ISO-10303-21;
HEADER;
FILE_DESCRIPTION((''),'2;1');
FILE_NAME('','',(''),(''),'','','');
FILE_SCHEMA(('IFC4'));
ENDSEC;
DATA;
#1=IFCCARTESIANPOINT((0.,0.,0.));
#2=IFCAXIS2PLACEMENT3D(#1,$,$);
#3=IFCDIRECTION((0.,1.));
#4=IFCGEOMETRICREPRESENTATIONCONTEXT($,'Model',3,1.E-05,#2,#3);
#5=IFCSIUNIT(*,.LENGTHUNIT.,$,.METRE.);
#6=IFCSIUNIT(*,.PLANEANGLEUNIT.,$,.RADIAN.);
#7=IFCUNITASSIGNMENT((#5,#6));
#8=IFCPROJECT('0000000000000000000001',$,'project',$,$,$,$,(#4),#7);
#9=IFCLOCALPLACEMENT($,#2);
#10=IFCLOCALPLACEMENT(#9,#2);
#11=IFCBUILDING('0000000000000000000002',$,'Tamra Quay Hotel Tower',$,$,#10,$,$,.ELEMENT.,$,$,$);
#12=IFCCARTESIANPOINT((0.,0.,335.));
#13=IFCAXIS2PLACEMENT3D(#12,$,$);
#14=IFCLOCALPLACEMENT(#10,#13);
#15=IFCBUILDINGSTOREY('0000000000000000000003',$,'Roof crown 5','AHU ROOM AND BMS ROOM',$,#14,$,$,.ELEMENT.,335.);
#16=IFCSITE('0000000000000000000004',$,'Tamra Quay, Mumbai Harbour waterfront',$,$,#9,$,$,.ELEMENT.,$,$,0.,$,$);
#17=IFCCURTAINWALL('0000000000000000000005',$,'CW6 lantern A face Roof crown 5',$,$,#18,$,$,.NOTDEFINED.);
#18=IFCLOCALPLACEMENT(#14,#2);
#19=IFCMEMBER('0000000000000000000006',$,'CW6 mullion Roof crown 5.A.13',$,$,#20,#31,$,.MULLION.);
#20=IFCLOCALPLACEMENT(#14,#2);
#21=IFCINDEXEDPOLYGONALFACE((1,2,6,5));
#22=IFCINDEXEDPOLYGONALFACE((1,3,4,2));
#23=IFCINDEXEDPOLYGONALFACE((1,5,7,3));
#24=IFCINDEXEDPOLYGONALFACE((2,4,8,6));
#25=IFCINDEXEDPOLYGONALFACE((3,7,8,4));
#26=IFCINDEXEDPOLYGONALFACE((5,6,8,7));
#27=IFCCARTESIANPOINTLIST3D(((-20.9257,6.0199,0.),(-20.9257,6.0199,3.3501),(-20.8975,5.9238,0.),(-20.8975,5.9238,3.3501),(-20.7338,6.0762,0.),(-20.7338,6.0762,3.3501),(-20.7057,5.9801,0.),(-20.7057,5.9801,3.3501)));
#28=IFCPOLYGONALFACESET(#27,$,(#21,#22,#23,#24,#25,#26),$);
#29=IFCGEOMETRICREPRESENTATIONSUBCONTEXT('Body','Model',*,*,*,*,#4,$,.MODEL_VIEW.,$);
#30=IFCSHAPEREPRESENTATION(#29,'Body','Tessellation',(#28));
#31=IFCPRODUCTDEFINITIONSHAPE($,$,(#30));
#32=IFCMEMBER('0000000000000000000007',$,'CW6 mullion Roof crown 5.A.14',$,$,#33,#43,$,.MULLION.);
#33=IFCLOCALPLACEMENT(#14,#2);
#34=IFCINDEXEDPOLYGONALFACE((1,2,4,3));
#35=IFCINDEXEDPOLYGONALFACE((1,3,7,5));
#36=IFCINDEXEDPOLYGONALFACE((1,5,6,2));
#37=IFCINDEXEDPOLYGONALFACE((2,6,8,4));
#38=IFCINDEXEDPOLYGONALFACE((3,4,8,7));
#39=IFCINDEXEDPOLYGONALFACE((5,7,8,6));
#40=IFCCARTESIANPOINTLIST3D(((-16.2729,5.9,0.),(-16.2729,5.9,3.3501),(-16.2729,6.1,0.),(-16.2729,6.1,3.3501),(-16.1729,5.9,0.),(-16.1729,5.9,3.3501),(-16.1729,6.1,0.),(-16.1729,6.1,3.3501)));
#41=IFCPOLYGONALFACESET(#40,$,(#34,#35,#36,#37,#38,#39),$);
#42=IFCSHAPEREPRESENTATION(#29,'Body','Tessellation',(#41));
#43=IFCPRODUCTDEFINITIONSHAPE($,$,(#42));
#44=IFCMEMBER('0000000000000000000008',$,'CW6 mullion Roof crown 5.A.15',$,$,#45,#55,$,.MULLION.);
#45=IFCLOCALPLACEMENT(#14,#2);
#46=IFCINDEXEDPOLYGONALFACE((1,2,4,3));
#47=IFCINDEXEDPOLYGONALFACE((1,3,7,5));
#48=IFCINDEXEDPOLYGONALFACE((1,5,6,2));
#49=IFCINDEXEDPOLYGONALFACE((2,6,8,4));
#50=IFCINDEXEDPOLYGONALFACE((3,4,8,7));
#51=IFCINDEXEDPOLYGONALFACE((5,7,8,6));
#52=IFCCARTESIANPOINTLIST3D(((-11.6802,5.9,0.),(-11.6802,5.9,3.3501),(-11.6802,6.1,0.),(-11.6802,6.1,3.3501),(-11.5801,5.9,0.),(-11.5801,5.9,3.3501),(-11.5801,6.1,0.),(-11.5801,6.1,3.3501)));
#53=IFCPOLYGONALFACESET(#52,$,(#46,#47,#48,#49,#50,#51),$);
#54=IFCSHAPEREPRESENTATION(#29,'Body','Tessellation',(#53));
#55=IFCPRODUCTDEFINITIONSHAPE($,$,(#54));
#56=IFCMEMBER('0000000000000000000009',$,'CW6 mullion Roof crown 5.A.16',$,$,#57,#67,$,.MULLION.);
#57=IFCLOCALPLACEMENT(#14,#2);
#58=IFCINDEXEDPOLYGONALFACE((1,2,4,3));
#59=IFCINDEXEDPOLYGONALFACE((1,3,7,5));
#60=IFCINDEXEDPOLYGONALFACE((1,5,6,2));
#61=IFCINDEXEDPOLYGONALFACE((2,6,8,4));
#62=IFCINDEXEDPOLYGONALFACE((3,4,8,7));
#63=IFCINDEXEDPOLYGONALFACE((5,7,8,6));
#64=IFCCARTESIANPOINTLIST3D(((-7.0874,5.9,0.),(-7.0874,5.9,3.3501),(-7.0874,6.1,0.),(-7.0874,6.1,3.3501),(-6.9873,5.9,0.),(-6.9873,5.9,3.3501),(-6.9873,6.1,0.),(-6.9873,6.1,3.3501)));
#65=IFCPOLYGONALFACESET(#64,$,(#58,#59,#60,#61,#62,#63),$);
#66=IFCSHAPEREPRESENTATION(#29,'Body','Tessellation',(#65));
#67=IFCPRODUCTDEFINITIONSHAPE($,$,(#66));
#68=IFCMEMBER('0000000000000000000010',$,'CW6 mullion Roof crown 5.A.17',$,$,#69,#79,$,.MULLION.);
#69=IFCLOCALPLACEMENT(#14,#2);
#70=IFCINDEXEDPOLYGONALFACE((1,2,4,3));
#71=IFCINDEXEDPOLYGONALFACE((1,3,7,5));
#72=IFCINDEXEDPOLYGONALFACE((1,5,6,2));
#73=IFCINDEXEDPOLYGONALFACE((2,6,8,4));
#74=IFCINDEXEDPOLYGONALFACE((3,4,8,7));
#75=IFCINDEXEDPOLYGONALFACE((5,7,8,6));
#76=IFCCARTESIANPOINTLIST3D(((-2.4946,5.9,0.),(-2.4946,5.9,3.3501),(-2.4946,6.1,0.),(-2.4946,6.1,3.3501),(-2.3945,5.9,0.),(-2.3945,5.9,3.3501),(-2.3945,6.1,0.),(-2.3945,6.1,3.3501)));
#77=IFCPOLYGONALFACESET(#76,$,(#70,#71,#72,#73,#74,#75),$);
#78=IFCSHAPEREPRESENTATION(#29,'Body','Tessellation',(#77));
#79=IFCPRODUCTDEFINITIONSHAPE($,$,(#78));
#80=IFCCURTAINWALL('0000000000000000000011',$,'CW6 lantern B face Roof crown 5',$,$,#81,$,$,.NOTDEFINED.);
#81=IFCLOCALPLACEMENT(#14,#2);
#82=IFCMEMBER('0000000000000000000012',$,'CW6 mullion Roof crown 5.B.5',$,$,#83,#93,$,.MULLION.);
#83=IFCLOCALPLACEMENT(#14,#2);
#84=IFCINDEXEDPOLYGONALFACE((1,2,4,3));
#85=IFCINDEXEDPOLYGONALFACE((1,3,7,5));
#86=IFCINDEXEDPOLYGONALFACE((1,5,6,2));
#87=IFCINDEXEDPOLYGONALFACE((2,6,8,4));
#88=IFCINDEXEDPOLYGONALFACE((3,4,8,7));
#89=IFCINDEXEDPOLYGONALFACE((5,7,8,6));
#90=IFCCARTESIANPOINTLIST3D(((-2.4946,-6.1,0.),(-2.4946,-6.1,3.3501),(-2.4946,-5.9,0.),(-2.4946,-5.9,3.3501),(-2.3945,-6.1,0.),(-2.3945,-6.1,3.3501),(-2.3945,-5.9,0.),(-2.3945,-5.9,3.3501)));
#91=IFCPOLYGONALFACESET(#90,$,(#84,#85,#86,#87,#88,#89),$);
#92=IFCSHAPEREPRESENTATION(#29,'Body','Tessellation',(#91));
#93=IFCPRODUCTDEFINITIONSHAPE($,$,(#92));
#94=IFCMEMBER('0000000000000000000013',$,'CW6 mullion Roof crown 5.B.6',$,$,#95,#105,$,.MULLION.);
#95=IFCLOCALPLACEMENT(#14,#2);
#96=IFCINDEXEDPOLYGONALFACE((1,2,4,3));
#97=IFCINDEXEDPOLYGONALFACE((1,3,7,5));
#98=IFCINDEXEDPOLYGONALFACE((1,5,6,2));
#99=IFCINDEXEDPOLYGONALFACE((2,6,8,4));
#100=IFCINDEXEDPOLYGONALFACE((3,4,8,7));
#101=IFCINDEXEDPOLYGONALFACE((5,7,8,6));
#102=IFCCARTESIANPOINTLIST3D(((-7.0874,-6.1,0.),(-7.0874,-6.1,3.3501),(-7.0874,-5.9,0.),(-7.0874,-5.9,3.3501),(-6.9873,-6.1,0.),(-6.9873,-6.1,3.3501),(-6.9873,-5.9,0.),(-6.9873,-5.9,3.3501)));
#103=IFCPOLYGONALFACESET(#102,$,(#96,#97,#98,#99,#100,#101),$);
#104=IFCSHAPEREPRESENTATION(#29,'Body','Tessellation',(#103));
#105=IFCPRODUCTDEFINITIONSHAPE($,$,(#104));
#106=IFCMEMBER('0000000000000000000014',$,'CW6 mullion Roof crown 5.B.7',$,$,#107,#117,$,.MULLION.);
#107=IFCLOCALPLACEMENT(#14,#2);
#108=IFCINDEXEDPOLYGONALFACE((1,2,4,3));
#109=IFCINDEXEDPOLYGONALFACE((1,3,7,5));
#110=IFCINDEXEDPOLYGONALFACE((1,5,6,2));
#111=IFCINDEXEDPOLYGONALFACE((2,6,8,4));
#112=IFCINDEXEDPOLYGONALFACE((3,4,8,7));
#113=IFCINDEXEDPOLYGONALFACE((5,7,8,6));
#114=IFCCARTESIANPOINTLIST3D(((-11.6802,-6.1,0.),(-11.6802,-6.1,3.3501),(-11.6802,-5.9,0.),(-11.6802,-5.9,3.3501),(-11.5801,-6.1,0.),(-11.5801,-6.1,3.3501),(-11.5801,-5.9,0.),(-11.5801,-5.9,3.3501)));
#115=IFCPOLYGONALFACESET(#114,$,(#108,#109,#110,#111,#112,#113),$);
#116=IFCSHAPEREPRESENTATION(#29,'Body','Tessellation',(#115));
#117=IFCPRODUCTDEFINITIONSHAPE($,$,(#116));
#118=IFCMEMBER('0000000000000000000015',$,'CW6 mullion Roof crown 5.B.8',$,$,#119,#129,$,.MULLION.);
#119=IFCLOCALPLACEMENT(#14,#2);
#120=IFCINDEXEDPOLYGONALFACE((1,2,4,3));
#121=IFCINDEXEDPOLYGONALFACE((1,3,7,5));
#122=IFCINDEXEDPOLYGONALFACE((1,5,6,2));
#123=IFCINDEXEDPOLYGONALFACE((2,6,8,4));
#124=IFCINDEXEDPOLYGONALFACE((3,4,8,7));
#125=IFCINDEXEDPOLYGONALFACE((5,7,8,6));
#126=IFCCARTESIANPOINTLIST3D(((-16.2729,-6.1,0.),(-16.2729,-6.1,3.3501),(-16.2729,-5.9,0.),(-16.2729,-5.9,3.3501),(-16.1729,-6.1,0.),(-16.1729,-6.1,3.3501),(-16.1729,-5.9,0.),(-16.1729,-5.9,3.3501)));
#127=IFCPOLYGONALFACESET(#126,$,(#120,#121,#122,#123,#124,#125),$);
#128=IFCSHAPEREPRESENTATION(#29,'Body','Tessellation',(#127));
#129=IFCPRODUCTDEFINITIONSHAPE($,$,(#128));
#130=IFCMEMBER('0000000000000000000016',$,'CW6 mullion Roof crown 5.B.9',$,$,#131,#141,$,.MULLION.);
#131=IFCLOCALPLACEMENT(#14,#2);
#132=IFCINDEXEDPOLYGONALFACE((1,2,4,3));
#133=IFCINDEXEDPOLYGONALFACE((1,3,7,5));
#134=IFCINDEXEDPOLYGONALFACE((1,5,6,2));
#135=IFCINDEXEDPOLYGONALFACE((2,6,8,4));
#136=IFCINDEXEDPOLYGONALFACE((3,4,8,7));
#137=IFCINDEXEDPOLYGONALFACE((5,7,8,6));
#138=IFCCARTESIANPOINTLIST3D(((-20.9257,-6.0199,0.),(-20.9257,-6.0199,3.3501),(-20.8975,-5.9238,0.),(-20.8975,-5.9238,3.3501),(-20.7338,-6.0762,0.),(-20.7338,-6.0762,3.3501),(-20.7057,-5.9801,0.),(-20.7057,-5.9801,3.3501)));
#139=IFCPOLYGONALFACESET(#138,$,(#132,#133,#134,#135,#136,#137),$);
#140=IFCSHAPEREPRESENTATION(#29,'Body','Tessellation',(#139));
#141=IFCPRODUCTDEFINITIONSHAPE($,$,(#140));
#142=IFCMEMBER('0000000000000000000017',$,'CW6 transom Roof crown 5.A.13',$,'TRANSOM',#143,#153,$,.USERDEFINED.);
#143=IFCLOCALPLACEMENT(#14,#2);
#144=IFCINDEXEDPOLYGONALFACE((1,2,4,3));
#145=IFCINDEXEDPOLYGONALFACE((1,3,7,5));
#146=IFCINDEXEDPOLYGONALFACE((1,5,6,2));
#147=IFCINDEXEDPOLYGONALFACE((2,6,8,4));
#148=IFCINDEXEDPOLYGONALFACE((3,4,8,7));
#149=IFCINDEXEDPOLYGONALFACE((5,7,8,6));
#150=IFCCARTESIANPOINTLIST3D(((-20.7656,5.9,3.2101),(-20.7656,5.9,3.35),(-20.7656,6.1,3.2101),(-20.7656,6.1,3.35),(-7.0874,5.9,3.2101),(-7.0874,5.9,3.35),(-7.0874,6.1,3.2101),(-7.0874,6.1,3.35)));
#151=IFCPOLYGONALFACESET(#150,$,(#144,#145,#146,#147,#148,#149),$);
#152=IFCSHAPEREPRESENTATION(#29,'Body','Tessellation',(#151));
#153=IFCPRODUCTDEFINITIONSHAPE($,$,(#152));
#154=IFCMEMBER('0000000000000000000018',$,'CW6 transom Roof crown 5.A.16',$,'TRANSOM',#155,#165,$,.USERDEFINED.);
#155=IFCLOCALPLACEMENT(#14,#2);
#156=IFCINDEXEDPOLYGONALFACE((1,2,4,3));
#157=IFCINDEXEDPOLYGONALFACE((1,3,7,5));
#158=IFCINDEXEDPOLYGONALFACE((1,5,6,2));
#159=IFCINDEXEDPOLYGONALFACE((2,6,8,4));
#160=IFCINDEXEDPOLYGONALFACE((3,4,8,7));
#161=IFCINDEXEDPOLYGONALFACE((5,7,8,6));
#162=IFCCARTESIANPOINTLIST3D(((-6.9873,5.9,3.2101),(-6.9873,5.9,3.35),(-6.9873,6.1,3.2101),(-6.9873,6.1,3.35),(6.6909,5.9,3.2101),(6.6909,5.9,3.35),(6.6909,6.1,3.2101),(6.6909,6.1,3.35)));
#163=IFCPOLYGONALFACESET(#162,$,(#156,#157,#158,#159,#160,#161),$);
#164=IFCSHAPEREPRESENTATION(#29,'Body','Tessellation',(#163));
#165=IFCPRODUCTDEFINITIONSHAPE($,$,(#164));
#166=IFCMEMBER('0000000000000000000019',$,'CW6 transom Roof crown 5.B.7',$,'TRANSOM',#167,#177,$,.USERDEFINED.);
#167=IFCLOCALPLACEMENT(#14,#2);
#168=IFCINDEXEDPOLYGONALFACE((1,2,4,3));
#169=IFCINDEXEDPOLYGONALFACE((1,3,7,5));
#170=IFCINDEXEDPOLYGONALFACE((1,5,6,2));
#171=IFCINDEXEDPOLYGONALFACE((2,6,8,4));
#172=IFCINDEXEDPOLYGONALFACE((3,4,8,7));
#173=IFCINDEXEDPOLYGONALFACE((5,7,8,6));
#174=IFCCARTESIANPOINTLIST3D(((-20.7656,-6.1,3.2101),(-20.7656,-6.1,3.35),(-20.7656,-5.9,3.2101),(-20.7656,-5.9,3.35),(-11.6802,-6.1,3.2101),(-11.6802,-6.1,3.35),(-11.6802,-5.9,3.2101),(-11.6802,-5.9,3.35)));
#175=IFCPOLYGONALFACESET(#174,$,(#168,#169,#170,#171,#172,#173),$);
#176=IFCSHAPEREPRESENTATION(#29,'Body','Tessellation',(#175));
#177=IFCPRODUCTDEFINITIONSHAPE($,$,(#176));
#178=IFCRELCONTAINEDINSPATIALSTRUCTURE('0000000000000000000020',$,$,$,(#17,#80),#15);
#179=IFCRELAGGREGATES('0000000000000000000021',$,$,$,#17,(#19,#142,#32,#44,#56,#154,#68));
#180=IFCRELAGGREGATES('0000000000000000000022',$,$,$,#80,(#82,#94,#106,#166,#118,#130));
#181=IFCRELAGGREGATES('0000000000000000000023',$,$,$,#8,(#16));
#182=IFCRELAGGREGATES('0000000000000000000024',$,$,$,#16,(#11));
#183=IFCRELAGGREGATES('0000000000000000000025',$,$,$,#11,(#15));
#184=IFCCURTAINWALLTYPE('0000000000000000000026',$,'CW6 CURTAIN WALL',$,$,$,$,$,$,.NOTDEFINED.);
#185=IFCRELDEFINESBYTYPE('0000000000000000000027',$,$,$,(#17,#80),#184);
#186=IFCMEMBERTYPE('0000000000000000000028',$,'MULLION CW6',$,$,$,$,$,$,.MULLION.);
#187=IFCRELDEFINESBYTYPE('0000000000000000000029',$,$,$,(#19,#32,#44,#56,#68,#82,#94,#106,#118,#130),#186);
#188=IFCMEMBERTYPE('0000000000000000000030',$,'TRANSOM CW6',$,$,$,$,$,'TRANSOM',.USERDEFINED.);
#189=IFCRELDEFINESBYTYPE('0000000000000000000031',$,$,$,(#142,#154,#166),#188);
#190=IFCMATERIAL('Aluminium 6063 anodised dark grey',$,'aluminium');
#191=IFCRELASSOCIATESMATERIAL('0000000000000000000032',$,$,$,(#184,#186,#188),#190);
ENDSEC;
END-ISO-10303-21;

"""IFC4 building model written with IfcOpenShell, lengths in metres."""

from ifc_helpers import new_model, si_unit, direction, frame, origin, origin_2d, place, context, subcontext, project, spatial, rectangle, extrude, material, material_profile, profile_set, type_object, element, aggregate, save


model = new_model("IFC4")

# Units and contexts
model_context = context("Model", 3, precision=1e-05, world=origin(), true_north=direction((0.0, 1.0)))
body_context = subcontext(model_context, "Body", "Model", "MODEL_VIEW")
ifc_project = project(units=[si_unit("LENGTHUNIT", "METRE"), si_unit("PLANEANGLEUNIT", "RADIAN")], contexts=[model_context])

# Site, building, storey
site_placement = place(None, origin())
site = spatial("IfcSite", under=ifc_project, at=site_placement, Name="Tamra Quay, Mumbai Harbour waterfront", CompositionType="ELEMENT", RefElevation=0.0)
building_placement = place(site_placement, origin())
building = spatial("IfcBuilding", under=site, at=building_placement, Name="Tamra Quay Hotel Tower", CompositionType="ELEMENT")
storey_placement = place(building_placement, frame((0.0, 0.0, 335.0)))
storey = spatial("IfcBuildingStorey", under=building, at=storey_placement, Name="Roof crown 5", Description="AHU ROOM AND BMS ROOM", CompositionType="ELEMENT", Elevation=335.0)

# Curtain walls, members
ifc_material_1 = material(Name="Aluminium 6063 anodised dark grey", Category="aluminium")
curtain_wall_type = type_object("IfcCurtainWallType", Name="CW6 CURTAIN WALL", PredefinedType="NOTDEFINED", material=ifc_material_1)
curtain_wall_1_placement = place(storey_placement, origin())
curtain_wall_1 = element("IfcCurtainWall", 1, at=curtain_wall_1_placement, inside=storey, type_object=curtain_wall_type, Name="CW6 lantern A face Roof crown 5", PredefinedType="NOTDEFINED")
ifc_material_profile_1 = material_profile(ifc_material_1, rectangle(XDim=0.2, YDim=0.1001, at=origin_2d()), Name="MULLION 100X200")
ifc_profile_set_1 = profile_set([ifc_material_profile_1], Name="Aluminium 6063 anodised dark grey")
member_type_1 = type_object("IfcMemberType", Name="MULLION CW6", PredefinedType="MULLION", material=ifc_profile_set_1)
member_1_placement = place(storey_placement, frame((-20.8157, 6.0, 0.0), z_axis=(0.0, 0.0, 1.0), x_axis=(-0.9596, -0.281367, 0.0)))
member_1 = element("IfcMember", 2, at=member_1_placement, type_object=member_type_1, Name="CW6 mullion Roof crown 5.A.13", PredefinedType="MULLION", context=body_context, shape_type="SweptSolid", body=[
    extrude(rectangle(XDim=0.2, YDim=0.1001, at=origin_2d()), origin(), (0.0, 0.0, 1.0), 3.3501),
])
member_2_placement = place(storey_placement, frame((-16.2229, 6.0, 0.0), z_axis=(0.0, 0.0, 1.0), x_axis=(0.0, -1.0, 0.0)))
member_2 = element("IfcMember", 3, at=member_2_placement, type_object=member_type_1, Name="CW6 mullion Roof crown 5.A.14", PredefinedType="MULLION", context=body_context, shape_type="SweptSolid", body=[
    extrude(rectangle(XDim=0.2, YDim=0.1001, at=origin_2d()), origin(), (0.0, 0.0, 1.0), 3.3501),
])
member_3_placement = place(storey_placement, frame((-11.6301, 6.0, 0.0), z_axis=(0.0, 0.0, 1.0), x_axis=(0.0, -1.0, 0.0)))
member_3 = element("IfcMember", 4, at=member_3_placement, type_object=member_type_1, Name="CW6 mullion Roof crown 5.A.15", PredefinedType="MULLION", context=body_context, shape_type="SweptSolid", body=[
    extrude(rectangle(XDim=0.2, YDim=0.1001, at=origin_2d()), origin(), (0.0, 0.0, 1.0), 3.3501),
])
member_4_placement = place(storey_placement, frame((-7.0374, 6.0, 0.0), z_axis=(0.0, 0.0, 1.0), x_axis=(0.0, -1.0, 0.0)))
member_4 = element("IfcMember", 5, at=member_4_placement, type_object=member_type_1, Name="CW6 mullion Roof crown 5.A.16", PredefinedType="MULLION", context=body_context, shape_type="SweptSolid", body=[
    extrude(rectangle(XDim=0.2, YDim=0.1001, at=origin_2d()), origin(), (0.0, 0.0, 1.0), 3.3501),
])
member_5_placement = place(storey_placement, frame((-2.4446, 6.0, 0.0), z_axis=(0.0, 0.0, 1.0), x_axis=(0.0, -1.0, 0.0)))
member_5 = element("IfcMember", 6, at=member_5_placement, type_object=member_type_1, Name="CW6 mullion Roof crown 5.A.17", PredefinedType="MULLION", context=body_context, shape_type="SweptSolid", body=[
    extrude(rectangle(XDim=0.2, YDim=0.1001, at=origin_2d()), origin(), (0.0, 0.0, 1.0), 3.3501),
])
curtain_wall_2_placement = place(storey_placement, origin())
curtain_wall_2 = element("IfcCurtainWall", 7, at=curtain_wall_2_placement, inside=storey, type_object=curtain_wall_type, Name="CW6 lantern B face Roof crown 5", PredefinedType="NOTDEFINED")
member_6_placement = place(storey_placement, frame((-2.4446, -6.0, 0.0), z_axis=(0.0, 0.0, 1.0), x_axis=(0.0, 1.0, 0.0)))
member_6 = element("IfcMember", 8, at=member_6_placement, type_object=member_type_1, Name="CW6 mullion Roof crown 5.B.5", PredefinedType="MULLION", context=body_context, shape_type="SweptSolid", body=[
    extrude(rectangle(XDim=0.2, YDim=0.1001, at=origin_2d()), origin(), (0.0, 0.0, 1.0), 3.3501),
])
member_7_placement = place(storey_placement, frame((-7.0374, -6.0, 0.0), z_axis=(0.0, 0.0, 1.0), x_axis=(0.0, 1.0, 0.0)))
member_7 = element("IfcMember", 9, at=member_7_placement, type_object=member_type_1, Name="CW6 mullion Roof crown 5.B.6", PredefinedType="MULLION", context=body_context, shape_type="SweptSolid", body=[
    extrude(rectangle(XDim=0.2, YDim=0.1001, at=origin_2d()), origin(), (0.0, 0.0, 1.0), 3.3501),
])
member_8_placement = place(storey_placement, frame((-11.6301, -6.0, 0.0), z_axis=(0.0, 0.0, 1.0), x_axis=(0.0, 1.0, 0.0)))
member_8 = element("IfcMember", 10, at=member_8_placement, type_object=member_type_1, Name="CW6 mullion Roof crown 5.B.7", PredefinedType="MULLION", context=body_context, shape_type="SweptSolid", body=[
    extrude(rectangle(XDim=0.2, YDim=0.1001, at=origin_2d()), origin(), (0.0, 0.0, 1.0), 3.3501),
])
member_9_placement = place(storey_placement, frame((-16.2229, -6.0, 0.0), z_axis=(0.0, 0.0, 1.0), x_axis=(0.0, 1.0, 0.0)))
member_9 = element("IfcMember", 11, at=member_9_placement, type_object=member_type_1, Name="CW6 mullion Roof crown 5.B.8", PredefinedType="MULLION", context=body_context, shape_type="SweptSolid", body=[
    extrude(rectangle(XDim=0.2, YDim=0.1001, at=origin_2d()), origin(), (0.0, 0.0, 1.0), 3.3501),
])
member_10_placement = place(storey_placement, frame((-20.8157, -6.0, 0.0), z_axis=(0.0, 0.0, 1.0), x_axis=(-0.9596, 0.281367, 0.0)))
member_10 = element("IfcMember", 12, at=member_10_placement, type_object=member_type_1, Name="CW6 mullion Roof crown 5.B.9", PredefinedType="MULLION", context=body_context, shape_type="SweptSolid", body=[
    extrude(rectangle(XDim=0.2, YDim=0.1001, at=origin_2d()), origin(), (0.0, 0.0, 1.0), 3.3501),
])

# Members
ifc_material_profile_2 = material_profile(ifc_material_1, rectangle(XDim=0.2, YDim=0.1399, at=origin_2d()), Name="TRANSOM 200X140")
ifc_profile_set_2 = profile_set([ifc_material_profile_2], Name="Aluminium 6063 anodised dark grey")
member_type_2 = type_object("IfcMemberType", Name="TRANSOM CW6", ElementType="TRANSOM", PredefinedType="USERDEFINED", material=ifc_profile_set_2)
member_11_placement = place(storey_placement, frame((-20.7656, 6.0, 3.28), z_axis=(1.0, 0.0, 0.0), x_axis=(0.0, 1.0, 0.0)))
member_11 = element("IfcMember", 13, at=member_11_placement, type_object=member_type_2, Name="CW6 transom Roof crown 5.A.13", ObjectType="TRANSOM", PredefinedType="USERDEFINED", context=body_context, shape_type="SweptSolid", body=[
    extrude(rectangle(XDim=0.2, YDim=0.1399, at=origin_2d()), origin(), (0.0, 0.0, 1.0), 13.6782),
])
member_12_placement = place(storey_placement, frame((-6.9873, 6.0, 3.28), z_axis=(1.0, 0.0, 0.0), x_axis=(0.0, 1.0, 0.0)))
member_12 = element("IfcMember", 14, at=member_12_placement, type_object=member_type_2, Name="CW6 transom Roof crown 5.A.16", ObjectType="TRANSOM", PredefinedType="USERDEFINED", context=body_context, shape_type="SweptSolid", body=[
    extrude(rectangle(XDim=0.2, YDim=0.1399, at=origin_2d()), origin(), (0.0, 0.0, 1.0), 13.6782),
])
member_13_placement = place(storey_placement, frame((-11.6802, -6.0, 3.28), z_axis=(-1.0, 0.0, 0.0), x_axis=(0.0, -1.0, 0.0)))
member_13 = element("IfcMember", 15, at=member_13_placement, type_object=member_type_2, Name="CW6 transom Roof crown 5.B.7", ObjectType="TRANSOM", PredefinedType="USERDEFINED", context=body_context, shape_type="SweptSolid", body=[
    extrude(rectangle(XDim=0.2, YDim=0.1399, at=origin_2d()), origin(), (0.0, 0.0, 1.0), 9.0854),
])

aggregate(curtain_wall_1, [member_1, member_11, member_2, member_3, member_4, member_12, member_5])
aggregate(curtain_wall_2, [member_6, member_7, member_8, member_13, member_9, member_10])

save(model, "model.ifc")
